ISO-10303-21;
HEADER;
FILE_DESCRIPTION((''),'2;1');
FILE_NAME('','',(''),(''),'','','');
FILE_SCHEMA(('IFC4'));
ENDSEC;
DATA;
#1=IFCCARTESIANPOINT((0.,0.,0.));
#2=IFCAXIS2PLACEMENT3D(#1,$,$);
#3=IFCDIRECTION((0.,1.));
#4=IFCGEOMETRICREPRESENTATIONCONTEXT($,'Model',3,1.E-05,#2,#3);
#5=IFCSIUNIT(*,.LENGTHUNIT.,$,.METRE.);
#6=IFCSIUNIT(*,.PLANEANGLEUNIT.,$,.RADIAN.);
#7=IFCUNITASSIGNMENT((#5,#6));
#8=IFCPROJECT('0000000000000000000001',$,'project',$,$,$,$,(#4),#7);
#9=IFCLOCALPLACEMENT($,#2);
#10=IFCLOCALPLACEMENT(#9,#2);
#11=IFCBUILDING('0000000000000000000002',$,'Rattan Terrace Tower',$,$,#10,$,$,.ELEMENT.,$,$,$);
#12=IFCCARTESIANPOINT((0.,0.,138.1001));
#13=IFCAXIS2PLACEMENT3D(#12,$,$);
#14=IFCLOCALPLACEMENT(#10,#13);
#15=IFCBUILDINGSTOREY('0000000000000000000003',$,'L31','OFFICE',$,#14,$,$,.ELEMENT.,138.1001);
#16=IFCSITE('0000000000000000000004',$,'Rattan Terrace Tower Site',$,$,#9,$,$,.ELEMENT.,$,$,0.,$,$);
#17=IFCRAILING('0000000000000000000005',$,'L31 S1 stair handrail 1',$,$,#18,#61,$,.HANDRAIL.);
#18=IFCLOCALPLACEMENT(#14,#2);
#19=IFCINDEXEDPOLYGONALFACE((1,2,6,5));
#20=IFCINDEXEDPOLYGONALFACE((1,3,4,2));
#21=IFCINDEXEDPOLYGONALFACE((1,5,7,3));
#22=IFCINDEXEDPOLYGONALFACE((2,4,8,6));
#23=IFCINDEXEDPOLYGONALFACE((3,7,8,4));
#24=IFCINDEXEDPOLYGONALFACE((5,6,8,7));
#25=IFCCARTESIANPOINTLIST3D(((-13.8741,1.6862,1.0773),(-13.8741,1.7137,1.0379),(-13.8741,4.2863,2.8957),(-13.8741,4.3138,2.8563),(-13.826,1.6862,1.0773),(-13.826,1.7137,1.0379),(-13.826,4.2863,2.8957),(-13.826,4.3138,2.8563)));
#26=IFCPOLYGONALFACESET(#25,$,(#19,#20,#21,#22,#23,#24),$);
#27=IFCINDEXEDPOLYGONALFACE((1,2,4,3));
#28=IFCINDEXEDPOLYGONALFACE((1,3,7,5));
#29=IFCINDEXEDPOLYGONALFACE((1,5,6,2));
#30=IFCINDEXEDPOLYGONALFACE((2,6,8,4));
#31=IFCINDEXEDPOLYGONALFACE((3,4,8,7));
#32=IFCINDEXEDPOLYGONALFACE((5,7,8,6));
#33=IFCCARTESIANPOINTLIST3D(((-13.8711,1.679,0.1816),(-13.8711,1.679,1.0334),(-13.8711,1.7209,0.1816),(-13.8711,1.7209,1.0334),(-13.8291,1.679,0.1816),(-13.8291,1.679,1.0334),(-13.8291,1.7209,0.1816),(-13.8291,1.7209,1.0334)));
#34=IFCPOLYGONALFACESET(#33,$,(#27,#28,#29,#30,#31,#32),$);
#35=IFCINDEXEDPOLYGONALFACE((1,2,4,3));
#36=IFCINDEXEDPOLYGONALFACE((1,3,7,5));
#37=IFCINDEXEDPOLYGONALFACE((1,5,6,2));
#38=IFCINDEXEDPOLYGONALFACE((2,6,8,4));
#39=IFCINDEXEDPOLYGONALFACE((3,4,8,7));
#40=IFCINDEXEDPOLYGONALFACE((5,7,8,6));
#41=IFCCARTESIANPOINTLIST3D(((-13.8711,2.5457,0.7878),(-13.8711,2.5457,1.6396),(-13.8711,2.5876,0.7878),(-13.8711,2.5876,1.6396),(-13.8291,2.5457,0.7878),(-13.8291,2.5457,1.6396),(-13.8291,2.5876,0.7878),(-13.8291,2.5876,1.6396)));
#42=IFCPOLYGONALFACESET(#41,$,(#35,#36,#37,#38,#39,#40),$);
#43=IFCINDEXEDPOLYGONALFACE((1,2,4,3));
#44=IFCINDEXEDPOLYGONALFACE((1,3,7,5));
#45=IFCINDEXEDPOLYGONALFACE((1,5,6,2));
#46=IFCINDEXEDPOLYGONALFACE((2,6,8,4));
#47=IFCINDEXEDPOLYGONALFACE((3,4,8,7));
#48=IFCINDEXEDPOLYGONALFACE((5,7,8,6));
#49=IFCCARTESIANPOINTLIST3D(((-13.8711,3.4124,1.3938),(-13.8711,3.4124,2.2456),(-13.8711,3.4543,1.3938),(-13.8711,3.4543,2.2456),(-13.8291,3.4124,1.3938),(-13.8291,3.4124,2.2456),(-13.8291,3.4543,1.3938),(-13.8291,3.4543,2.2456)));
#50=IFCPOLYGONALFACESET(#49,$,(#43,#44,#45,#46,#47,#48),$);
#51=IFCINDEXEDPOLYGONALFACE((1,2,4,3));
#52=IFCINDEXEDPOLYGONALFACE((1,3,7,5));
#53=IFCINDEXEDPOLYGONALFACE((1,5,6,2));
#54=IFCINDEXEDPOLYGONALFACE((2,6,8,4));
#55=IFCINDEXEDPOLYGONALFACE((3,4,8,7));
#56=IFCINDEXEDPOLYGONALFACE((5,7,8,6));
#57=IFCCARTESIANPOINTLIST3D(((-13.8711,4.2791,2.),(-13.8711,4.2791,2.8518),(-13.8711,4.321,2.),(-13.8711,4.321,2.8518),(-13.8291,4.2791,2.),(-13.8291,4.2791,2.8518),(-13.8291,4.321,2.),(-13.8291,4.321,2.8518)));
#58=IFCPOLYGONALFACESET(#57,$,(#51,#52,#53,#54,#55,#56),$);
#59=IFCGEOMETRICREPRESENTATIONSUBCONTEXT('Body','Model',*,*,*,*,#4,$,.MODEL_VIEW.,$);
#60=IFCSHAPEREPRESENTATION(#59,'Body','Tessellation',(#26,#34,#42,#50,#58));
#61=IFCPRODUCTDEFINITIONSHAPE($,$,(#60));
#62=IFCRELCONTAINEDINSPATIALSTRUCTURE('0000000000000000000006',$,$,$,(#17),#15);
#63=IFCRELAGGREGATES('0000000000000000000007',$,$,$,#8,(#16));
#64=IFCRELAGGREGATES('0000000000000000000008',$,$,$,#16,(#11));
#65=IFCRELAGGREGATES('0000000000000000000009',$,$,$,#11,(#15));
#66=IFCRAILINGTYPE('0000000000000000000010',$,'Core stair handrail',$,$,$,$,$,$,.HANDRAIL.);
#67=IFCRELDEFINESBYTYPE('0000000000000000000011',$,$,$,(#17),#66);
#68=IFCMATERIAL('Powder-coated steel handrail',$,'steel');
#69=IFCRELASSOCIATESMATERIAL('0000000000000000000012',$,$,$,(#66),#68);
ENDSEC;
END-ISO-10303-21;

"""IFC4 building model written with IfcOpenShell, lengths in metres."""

from ifc_helpers import new_model, si_unit, direction, frame, origin, origin_2d, place, context, subcontext, project, spatial, rectangle, extrude, material, type_object, element, save


model = new_model("IFC4")

# Units and contexts
model_context = context("Model", 3, precision=1e-05, world=origin(), true_north=direction((0.0, 1.0)))
body_context = subcontext(model_context, "Body", "Model", "MODEL_VIEW")
ifc_project = project(units=[si_unit("LENGTHUNIT", "METRE"), si_unit("PLANEANGLEUNIT", "RADIAN")], contexts=[model_context])

# Site, building, storey
site_placement = place(None, origin())
site = spatial("IfcSite", under=ifc_project, at=site_placement, Name="Rattan Terrace Tower Site", CompositionType="ELEMENT", RefElevation=0.0)
building_placement = place(site_placement, origin())
building = spatial("IfcBuilding", under=site, at=building_placement, Name="Rattan Terrace Tower", CompositionType="ELEMENT")
storey_placement = place(building_placement, frame((0.0, 0.0, 138.1001)))
storey = spatial("IfcBuildingStorey", under=building, at=storey_placement, Name="L31", Description="OFFICE", CompositionType="ELEMENT", Elevation=138.1001)

# Railing
ifc_material_1 = material(Name="Powder-coated steel handrail", Category="steel")
railing_type_1 = type_object("IfcRailingType", Name="Core stair handrail", PredefinedType="HANDRAIL", material=ifc_material_1)
railing_1_placement = place(storey_placement, frame((-13.8501, 1.7, 0.1816)))
element("IfcRailing", 1, at=railing_1_placement, inside=storey, type_object=railing_type_1, Name="L31 S1 stair handrail 1", PredefinedType="HANDRAIL", context=body_context, shape_type="SweptSolid", body=[
    extrude(rectangle(XDim=0.0481, YDim=0.0481, at=origin_2d()), frame((0.0, 0.0, 0.876), z_axis=(0.0, 0.819485, 0.573101), x_axis=(-1.0, 0.0, 0.0)), (0.0, 0.0, 1.0), 3.1729),
    extrude(rectangle(XDim=0.042, YDim=0.042, at=origin_2d()), origin(), (0.0, 0.0, 1.0), 0.8518),
    extrude(rectangle(XDim=0.042, YDim=0.042, at=origin_2d()), frame((0.0, 0.8667, 0.6062)), (0.0, 0.0, 1.0), 0.8518),
    extrude(rectangle(XDim=0.042, YDim=0.042, at=origin_2d()), frame((0.0, 1.7334, 1.2122)), (0.0, 0.0, 1.0), 0.8518),
    extrude(rectangle(XDim=0.042, YDim=0.042, at=origin_2d()), frame((0.0, 2.6001, 1.8184)), (0.0, 0.0, 1.0), 0.8518),
])

save(model, "model.ifc")
